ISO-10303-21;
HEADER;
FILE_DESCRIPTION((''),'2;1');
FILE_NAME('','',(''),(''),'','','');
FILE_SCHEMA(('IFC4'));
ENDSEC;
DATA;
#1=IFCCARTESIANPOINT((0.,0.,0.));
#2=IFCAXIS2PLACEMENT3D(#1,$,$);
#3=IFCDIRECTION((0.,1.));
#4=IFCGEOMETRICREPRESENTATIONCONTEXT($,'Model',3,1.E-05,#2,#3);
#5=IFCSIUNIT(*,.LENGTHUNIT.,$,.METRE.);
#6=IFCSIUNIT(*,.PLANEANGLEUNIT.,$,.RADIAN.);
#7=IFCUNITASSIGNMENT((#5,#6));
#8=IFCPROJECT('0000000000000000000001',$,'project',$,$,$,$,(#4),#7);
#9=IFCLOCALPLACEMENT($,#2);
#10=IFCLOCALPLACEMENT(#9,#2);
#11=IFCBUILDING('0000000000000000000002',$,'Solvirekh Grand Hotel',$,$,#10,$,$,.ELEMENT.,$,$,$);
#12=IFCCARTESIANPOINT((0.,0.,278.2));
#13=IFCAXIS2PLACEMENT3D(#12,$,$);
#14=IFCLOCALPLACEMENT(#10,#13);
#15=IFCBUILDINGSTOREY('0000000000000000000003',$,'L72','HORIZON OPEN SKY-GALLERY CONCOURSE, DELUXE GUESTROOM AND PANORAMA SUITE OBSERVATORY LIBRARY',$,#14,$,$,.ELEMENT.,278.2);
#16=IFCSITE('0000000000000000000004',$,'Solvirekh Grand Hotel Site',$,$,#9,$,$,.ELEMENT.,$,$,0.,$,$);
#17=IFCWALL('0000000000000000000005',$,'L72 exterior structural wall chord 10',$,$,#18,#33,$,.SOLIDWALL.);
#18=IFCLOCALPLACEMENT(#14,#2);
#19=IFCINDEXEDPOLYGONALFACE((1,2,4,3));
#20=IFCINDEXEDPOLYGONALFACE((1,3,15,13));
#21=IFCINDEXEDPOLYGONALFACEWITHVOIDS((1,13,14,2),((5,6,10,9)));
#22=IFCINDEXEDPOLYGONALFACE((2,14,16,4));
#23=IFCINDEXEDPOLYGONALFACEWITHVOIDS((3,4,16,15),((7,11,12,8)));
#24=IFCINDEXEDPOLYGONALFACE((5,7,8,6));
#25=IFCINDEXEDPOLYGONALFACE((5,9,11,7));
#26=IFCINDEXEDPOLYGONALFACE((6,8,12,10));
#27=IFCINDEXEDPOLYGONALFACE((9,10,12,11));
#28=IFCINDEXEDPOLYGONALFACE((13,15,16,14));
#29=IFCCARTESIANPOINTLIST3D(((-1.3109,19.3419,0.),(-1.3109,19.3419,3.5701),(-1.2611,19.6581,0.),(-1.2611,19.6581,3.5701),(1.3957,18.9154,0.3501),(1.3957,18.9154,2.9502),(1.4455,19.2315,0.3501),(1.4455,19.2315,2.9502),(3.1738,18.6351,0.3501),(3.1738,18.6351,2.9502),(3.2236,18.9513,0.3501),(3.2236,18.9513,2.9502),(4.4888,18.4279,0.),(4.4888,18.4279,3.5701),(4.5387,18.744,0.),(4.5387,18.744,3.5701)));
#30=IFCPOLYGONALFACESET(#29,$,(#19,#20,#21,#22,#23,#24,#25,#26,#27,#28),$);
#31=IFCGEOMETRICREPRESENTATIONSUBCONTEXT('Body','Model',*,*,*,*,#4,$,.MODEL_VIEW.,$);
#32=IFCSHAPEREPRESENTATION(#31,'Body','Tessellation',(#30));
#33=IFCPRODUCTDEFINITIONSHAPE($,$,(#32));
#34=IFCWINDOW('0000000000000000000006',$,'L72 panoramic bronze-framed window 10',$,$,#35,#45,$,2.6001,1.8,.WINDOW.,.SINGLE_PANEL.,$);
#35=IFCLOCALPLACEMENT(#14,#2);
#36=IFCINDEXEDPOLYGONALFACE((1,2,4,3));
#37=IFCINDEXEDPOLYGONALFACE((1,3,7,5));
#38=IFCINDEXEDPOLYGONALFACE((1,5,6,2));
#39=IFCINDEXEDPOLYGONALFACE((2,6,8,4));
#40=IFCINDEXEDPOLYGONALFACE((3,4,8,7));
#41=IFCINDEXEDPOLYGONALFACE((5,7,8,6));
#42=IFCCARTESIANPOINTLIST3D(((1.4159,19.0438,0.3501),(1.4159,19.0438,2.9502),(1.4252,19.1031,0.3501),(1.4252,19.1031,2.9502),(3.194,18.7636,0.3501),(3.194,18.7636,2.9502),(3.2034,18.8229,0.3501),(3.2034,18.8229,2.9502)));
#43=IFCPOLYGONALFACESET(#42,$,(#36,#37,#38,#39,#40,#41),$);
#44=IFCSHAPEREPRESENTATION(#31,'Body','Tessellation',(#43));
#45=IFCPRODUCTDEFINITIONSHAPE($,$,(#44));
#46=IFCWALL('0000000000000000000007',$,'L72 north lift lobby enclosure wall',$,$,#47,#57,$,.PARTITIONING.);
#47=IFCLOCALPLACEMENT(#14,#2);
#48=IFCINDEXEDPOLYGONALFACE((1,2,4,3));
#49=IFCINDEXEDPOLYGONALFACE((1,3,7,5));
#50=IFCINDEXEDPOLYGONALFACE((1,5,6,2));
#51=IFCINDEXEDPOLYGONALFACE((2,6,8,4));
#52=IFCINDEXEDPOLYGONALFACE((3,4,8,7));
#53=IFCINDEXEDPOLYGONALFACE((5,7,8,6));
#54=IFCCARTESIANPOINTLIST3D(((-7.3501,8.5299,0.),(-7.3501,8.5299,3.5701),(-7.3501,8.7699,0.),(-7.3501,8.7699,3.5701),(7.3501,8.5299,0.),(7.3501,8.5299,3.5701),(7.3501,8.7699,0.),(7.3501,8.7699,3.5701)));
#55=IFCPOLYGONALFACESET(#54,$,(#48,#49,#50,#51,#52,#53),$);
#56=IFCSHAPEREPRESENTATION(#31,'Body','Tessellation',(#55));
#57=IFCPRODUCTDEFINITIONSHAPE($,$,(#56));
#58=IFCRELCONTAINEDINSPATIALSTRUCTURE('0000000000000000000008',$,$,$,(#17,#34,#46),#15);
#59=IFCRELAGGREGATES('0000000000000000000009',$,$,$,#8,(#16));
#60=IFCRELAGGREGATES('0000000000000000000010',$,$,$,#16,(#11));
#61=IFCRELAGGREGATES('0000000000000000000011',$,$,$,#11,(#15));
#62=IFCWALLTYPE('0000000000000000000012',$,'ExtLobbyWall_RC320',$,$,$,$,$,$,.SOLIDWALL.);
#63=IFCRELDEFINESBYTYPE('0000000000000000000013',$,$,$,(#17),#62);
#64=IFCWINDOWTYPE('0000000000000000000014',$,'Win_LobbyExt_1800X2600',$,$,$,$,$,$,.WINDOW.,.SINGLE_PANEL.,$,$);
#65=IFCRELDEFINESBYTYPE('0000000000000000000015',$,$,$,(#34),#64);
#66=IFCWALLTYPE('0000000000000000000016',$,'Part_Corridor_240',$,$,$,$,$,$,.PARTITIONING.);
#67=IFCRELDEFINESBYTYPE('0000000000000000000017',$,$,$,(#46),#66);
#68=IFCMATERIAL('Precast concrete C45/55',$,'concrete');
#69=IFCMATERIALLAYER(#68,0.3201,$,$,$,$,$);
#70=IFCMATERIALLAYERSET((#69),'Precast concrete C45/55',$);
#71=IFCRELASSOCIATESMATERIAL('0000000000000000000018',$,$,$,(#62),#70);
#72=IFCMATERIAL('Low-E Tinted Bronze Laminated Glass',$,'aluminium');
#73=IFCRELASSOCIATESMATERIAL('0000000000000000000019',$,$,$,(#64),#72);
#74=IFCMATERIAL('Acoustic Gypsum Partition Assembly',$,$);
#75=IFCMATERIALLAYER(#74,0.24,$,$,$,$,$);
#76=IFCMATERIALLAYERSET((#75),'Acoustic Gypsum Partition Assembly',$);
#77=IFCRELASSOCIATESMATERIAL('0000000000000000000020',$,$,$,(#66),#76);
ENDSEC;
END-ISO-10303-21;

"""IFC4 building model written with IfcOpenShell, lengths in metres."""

from ifc_helpers import new_model, si_unit, direction, frame, frame_2d, origin, place, context, subcontext, project, spatial, rectangle, extrude, material, layer, layer_set, type_object, element, fill, save


model = new_model("IFC4")

# Units and contexts
model_context = context("Model", 3, precision=1e-05, world=origin(), true_north=direction((0.0, 1.0)))
body_context = subcontext(model_context, "Body", "Model", "MODEL_VIEW")
ifc_project = project(units=[si_unit("LENGTHUNIT", "METRE"), si_unit("PLANEANGLEUNIT", "RADIAN")], contexts=[model_context])

# Site, building, storey
site_placement = place(None, origin())
site = spatial("IfcSite", under=ifc_project, at=site_placement, Name="Solvirekh Grand Hotel Site", CompositionType="ELEMENT", RefElevation=0.0)
building_placement = place(site_placement, origin())
building = spatial("IfcBuilding", under=site, at=building_placement, Name="Solvirekh Grand Hotel", CompositionType="ELEMENT")
storey_placement = place(building_placement, frame((0.0, 0.0, 278.2)))
storey = spatial("IfcBuildingStorey", under=building, at=storey_placement, Name="L72", Description="HORIZON OPEN SKY-GALLERY CONCOURSE, DELUXE GUESTROOM AND PANORAMA SUITE OBSERVATORY LIBRARY", CompositionType="ELEMENT", Elevation=278.2)

# Shared definitions
ifc_material_1 = material(Name="Low-E Tinted Bronze Laminated Glass", Category="aluminium")

# Wall, opening, window
ifc_material_2 = material(Name="Precast concrete C45/55", Category="concrete")
ifc_layer_1 = layer(ifc_material_2, 0.3201)
ifc_layer_set_1 = layer_set([ifc_layer_1], Name="Precast concrete C45/55")
wall_type_1 = type_object("IfcWallType", Name="ExtLobbyWall_RC320", PredefinedType="SOLIDWALL", material=ifc_layer_set_1)
wall_1_placement = place(storey_placement, frame((-1.2859, 19.5, 0.0), z_axis=(0.0, 0.0, 1.0), x_axis=(0.987807, -0.155681, 0.0)))
wall_1 = element("IfcWall", 1, at=wall_1_placement, inside=storey, type_object=wall_type_1, Name="L72 exterior structural wall chord 10", PredefinedType="SOLIDWALL", context=body_context, shape_type="SweptSolid", body=[
    extrude(rectangle(XDim=5.8713, YDim=0.3201, at=frame_2d((2.9355, 0.0))), origin(), (0.0, 0.0, 1.0), 3.5701),
])
opening_placement = place(wall_1_placement, frame((2.74, 0.0, 0.3501)))
opening = element("IfcOpeningElement", 2, at=opening_placement, cuts=wall_1, PredefinedType="OPENING", context=body_context, shape_type="SweptSolid", body=[
    extrude(rectangle(XDim=1.8, YDim=2.6001, at=frame_2d((0.8999, 1.3))), frame((0.0, 0.1699, 0.0), z_axis=(0.0, -1.0, 0.0), x_axis=(1.0, 0.0, 0.0)), (0.0, 0.0, 1.0), 0.3401),
])
window_type = type_object("IfcWindowType", Name="Win_LobbyExt_1800X2600", PartitioningType="SINGLE_PANEL", PredefinedType="WINDOW", material=ifc_material_1)
window_placement = place(opening_placement, origin())
window = element("IfcWindow", 3, at=window_placement, inside=storey, type_object=window_type, Name="L72 panoramic bronze-framed window 10", OverallHeight=2.6001, OverallWidth=1.8, PartitioningType="SINGLE_PANEL", PredefinedType="WINDOW", context=body_context, shape_type="SweptSolid", body=[
    extrude(rectangle(XDim=1.8, YDim=2.6001, at=frame_2d((0.8999, 1.3))), frame((0.0, 0.03, 0.0), z_axis=(0.0, -1.0, 0.0), x_axis=(1.0, 0.0, 0.0)), (0.0, 0.0, 1.0), 0.0601),
])
fill(opening, window)

# Wall
ifc_material_3 = material(Name="Acoustic Gypsum Partition Assembly")
ifc_layer_2 = layer(ifc_material_3, 0.24)
ifc_layer_set_2 = layer_set([ifc_layer_2], Name="Acoustic Gypsum Partition Assembly")
wall_type_2 = type_object("IfcWallType", Name="Part_Corridor_240", PredefinedType="PARTITIONING", material=ifc_layer_set_2)
wall_2_placement = place(storey_placement, frame((-7.3501, 8.6499, 0.0), z_axis=(0.0, 0.0, 1.0), x_axis=(1.0, 0.0, 0.0)))
element("IfcWall", 4, at=wall_2_placement, inside=storey, type_object=wall_type_2, Name="L72 north lift lobby enclosure wall", PredefinedType="PARTITIONING", context=body_context, shape_type="SweptSolid", body=[
    extrude(rectangle(XDim=14.7002, YDim=0.24, at=frame_2d((7.3501, 0.0))), origin(), (0.0, 0.0, 1.0), 3.5701),
])

save(model, "model.ifc")
